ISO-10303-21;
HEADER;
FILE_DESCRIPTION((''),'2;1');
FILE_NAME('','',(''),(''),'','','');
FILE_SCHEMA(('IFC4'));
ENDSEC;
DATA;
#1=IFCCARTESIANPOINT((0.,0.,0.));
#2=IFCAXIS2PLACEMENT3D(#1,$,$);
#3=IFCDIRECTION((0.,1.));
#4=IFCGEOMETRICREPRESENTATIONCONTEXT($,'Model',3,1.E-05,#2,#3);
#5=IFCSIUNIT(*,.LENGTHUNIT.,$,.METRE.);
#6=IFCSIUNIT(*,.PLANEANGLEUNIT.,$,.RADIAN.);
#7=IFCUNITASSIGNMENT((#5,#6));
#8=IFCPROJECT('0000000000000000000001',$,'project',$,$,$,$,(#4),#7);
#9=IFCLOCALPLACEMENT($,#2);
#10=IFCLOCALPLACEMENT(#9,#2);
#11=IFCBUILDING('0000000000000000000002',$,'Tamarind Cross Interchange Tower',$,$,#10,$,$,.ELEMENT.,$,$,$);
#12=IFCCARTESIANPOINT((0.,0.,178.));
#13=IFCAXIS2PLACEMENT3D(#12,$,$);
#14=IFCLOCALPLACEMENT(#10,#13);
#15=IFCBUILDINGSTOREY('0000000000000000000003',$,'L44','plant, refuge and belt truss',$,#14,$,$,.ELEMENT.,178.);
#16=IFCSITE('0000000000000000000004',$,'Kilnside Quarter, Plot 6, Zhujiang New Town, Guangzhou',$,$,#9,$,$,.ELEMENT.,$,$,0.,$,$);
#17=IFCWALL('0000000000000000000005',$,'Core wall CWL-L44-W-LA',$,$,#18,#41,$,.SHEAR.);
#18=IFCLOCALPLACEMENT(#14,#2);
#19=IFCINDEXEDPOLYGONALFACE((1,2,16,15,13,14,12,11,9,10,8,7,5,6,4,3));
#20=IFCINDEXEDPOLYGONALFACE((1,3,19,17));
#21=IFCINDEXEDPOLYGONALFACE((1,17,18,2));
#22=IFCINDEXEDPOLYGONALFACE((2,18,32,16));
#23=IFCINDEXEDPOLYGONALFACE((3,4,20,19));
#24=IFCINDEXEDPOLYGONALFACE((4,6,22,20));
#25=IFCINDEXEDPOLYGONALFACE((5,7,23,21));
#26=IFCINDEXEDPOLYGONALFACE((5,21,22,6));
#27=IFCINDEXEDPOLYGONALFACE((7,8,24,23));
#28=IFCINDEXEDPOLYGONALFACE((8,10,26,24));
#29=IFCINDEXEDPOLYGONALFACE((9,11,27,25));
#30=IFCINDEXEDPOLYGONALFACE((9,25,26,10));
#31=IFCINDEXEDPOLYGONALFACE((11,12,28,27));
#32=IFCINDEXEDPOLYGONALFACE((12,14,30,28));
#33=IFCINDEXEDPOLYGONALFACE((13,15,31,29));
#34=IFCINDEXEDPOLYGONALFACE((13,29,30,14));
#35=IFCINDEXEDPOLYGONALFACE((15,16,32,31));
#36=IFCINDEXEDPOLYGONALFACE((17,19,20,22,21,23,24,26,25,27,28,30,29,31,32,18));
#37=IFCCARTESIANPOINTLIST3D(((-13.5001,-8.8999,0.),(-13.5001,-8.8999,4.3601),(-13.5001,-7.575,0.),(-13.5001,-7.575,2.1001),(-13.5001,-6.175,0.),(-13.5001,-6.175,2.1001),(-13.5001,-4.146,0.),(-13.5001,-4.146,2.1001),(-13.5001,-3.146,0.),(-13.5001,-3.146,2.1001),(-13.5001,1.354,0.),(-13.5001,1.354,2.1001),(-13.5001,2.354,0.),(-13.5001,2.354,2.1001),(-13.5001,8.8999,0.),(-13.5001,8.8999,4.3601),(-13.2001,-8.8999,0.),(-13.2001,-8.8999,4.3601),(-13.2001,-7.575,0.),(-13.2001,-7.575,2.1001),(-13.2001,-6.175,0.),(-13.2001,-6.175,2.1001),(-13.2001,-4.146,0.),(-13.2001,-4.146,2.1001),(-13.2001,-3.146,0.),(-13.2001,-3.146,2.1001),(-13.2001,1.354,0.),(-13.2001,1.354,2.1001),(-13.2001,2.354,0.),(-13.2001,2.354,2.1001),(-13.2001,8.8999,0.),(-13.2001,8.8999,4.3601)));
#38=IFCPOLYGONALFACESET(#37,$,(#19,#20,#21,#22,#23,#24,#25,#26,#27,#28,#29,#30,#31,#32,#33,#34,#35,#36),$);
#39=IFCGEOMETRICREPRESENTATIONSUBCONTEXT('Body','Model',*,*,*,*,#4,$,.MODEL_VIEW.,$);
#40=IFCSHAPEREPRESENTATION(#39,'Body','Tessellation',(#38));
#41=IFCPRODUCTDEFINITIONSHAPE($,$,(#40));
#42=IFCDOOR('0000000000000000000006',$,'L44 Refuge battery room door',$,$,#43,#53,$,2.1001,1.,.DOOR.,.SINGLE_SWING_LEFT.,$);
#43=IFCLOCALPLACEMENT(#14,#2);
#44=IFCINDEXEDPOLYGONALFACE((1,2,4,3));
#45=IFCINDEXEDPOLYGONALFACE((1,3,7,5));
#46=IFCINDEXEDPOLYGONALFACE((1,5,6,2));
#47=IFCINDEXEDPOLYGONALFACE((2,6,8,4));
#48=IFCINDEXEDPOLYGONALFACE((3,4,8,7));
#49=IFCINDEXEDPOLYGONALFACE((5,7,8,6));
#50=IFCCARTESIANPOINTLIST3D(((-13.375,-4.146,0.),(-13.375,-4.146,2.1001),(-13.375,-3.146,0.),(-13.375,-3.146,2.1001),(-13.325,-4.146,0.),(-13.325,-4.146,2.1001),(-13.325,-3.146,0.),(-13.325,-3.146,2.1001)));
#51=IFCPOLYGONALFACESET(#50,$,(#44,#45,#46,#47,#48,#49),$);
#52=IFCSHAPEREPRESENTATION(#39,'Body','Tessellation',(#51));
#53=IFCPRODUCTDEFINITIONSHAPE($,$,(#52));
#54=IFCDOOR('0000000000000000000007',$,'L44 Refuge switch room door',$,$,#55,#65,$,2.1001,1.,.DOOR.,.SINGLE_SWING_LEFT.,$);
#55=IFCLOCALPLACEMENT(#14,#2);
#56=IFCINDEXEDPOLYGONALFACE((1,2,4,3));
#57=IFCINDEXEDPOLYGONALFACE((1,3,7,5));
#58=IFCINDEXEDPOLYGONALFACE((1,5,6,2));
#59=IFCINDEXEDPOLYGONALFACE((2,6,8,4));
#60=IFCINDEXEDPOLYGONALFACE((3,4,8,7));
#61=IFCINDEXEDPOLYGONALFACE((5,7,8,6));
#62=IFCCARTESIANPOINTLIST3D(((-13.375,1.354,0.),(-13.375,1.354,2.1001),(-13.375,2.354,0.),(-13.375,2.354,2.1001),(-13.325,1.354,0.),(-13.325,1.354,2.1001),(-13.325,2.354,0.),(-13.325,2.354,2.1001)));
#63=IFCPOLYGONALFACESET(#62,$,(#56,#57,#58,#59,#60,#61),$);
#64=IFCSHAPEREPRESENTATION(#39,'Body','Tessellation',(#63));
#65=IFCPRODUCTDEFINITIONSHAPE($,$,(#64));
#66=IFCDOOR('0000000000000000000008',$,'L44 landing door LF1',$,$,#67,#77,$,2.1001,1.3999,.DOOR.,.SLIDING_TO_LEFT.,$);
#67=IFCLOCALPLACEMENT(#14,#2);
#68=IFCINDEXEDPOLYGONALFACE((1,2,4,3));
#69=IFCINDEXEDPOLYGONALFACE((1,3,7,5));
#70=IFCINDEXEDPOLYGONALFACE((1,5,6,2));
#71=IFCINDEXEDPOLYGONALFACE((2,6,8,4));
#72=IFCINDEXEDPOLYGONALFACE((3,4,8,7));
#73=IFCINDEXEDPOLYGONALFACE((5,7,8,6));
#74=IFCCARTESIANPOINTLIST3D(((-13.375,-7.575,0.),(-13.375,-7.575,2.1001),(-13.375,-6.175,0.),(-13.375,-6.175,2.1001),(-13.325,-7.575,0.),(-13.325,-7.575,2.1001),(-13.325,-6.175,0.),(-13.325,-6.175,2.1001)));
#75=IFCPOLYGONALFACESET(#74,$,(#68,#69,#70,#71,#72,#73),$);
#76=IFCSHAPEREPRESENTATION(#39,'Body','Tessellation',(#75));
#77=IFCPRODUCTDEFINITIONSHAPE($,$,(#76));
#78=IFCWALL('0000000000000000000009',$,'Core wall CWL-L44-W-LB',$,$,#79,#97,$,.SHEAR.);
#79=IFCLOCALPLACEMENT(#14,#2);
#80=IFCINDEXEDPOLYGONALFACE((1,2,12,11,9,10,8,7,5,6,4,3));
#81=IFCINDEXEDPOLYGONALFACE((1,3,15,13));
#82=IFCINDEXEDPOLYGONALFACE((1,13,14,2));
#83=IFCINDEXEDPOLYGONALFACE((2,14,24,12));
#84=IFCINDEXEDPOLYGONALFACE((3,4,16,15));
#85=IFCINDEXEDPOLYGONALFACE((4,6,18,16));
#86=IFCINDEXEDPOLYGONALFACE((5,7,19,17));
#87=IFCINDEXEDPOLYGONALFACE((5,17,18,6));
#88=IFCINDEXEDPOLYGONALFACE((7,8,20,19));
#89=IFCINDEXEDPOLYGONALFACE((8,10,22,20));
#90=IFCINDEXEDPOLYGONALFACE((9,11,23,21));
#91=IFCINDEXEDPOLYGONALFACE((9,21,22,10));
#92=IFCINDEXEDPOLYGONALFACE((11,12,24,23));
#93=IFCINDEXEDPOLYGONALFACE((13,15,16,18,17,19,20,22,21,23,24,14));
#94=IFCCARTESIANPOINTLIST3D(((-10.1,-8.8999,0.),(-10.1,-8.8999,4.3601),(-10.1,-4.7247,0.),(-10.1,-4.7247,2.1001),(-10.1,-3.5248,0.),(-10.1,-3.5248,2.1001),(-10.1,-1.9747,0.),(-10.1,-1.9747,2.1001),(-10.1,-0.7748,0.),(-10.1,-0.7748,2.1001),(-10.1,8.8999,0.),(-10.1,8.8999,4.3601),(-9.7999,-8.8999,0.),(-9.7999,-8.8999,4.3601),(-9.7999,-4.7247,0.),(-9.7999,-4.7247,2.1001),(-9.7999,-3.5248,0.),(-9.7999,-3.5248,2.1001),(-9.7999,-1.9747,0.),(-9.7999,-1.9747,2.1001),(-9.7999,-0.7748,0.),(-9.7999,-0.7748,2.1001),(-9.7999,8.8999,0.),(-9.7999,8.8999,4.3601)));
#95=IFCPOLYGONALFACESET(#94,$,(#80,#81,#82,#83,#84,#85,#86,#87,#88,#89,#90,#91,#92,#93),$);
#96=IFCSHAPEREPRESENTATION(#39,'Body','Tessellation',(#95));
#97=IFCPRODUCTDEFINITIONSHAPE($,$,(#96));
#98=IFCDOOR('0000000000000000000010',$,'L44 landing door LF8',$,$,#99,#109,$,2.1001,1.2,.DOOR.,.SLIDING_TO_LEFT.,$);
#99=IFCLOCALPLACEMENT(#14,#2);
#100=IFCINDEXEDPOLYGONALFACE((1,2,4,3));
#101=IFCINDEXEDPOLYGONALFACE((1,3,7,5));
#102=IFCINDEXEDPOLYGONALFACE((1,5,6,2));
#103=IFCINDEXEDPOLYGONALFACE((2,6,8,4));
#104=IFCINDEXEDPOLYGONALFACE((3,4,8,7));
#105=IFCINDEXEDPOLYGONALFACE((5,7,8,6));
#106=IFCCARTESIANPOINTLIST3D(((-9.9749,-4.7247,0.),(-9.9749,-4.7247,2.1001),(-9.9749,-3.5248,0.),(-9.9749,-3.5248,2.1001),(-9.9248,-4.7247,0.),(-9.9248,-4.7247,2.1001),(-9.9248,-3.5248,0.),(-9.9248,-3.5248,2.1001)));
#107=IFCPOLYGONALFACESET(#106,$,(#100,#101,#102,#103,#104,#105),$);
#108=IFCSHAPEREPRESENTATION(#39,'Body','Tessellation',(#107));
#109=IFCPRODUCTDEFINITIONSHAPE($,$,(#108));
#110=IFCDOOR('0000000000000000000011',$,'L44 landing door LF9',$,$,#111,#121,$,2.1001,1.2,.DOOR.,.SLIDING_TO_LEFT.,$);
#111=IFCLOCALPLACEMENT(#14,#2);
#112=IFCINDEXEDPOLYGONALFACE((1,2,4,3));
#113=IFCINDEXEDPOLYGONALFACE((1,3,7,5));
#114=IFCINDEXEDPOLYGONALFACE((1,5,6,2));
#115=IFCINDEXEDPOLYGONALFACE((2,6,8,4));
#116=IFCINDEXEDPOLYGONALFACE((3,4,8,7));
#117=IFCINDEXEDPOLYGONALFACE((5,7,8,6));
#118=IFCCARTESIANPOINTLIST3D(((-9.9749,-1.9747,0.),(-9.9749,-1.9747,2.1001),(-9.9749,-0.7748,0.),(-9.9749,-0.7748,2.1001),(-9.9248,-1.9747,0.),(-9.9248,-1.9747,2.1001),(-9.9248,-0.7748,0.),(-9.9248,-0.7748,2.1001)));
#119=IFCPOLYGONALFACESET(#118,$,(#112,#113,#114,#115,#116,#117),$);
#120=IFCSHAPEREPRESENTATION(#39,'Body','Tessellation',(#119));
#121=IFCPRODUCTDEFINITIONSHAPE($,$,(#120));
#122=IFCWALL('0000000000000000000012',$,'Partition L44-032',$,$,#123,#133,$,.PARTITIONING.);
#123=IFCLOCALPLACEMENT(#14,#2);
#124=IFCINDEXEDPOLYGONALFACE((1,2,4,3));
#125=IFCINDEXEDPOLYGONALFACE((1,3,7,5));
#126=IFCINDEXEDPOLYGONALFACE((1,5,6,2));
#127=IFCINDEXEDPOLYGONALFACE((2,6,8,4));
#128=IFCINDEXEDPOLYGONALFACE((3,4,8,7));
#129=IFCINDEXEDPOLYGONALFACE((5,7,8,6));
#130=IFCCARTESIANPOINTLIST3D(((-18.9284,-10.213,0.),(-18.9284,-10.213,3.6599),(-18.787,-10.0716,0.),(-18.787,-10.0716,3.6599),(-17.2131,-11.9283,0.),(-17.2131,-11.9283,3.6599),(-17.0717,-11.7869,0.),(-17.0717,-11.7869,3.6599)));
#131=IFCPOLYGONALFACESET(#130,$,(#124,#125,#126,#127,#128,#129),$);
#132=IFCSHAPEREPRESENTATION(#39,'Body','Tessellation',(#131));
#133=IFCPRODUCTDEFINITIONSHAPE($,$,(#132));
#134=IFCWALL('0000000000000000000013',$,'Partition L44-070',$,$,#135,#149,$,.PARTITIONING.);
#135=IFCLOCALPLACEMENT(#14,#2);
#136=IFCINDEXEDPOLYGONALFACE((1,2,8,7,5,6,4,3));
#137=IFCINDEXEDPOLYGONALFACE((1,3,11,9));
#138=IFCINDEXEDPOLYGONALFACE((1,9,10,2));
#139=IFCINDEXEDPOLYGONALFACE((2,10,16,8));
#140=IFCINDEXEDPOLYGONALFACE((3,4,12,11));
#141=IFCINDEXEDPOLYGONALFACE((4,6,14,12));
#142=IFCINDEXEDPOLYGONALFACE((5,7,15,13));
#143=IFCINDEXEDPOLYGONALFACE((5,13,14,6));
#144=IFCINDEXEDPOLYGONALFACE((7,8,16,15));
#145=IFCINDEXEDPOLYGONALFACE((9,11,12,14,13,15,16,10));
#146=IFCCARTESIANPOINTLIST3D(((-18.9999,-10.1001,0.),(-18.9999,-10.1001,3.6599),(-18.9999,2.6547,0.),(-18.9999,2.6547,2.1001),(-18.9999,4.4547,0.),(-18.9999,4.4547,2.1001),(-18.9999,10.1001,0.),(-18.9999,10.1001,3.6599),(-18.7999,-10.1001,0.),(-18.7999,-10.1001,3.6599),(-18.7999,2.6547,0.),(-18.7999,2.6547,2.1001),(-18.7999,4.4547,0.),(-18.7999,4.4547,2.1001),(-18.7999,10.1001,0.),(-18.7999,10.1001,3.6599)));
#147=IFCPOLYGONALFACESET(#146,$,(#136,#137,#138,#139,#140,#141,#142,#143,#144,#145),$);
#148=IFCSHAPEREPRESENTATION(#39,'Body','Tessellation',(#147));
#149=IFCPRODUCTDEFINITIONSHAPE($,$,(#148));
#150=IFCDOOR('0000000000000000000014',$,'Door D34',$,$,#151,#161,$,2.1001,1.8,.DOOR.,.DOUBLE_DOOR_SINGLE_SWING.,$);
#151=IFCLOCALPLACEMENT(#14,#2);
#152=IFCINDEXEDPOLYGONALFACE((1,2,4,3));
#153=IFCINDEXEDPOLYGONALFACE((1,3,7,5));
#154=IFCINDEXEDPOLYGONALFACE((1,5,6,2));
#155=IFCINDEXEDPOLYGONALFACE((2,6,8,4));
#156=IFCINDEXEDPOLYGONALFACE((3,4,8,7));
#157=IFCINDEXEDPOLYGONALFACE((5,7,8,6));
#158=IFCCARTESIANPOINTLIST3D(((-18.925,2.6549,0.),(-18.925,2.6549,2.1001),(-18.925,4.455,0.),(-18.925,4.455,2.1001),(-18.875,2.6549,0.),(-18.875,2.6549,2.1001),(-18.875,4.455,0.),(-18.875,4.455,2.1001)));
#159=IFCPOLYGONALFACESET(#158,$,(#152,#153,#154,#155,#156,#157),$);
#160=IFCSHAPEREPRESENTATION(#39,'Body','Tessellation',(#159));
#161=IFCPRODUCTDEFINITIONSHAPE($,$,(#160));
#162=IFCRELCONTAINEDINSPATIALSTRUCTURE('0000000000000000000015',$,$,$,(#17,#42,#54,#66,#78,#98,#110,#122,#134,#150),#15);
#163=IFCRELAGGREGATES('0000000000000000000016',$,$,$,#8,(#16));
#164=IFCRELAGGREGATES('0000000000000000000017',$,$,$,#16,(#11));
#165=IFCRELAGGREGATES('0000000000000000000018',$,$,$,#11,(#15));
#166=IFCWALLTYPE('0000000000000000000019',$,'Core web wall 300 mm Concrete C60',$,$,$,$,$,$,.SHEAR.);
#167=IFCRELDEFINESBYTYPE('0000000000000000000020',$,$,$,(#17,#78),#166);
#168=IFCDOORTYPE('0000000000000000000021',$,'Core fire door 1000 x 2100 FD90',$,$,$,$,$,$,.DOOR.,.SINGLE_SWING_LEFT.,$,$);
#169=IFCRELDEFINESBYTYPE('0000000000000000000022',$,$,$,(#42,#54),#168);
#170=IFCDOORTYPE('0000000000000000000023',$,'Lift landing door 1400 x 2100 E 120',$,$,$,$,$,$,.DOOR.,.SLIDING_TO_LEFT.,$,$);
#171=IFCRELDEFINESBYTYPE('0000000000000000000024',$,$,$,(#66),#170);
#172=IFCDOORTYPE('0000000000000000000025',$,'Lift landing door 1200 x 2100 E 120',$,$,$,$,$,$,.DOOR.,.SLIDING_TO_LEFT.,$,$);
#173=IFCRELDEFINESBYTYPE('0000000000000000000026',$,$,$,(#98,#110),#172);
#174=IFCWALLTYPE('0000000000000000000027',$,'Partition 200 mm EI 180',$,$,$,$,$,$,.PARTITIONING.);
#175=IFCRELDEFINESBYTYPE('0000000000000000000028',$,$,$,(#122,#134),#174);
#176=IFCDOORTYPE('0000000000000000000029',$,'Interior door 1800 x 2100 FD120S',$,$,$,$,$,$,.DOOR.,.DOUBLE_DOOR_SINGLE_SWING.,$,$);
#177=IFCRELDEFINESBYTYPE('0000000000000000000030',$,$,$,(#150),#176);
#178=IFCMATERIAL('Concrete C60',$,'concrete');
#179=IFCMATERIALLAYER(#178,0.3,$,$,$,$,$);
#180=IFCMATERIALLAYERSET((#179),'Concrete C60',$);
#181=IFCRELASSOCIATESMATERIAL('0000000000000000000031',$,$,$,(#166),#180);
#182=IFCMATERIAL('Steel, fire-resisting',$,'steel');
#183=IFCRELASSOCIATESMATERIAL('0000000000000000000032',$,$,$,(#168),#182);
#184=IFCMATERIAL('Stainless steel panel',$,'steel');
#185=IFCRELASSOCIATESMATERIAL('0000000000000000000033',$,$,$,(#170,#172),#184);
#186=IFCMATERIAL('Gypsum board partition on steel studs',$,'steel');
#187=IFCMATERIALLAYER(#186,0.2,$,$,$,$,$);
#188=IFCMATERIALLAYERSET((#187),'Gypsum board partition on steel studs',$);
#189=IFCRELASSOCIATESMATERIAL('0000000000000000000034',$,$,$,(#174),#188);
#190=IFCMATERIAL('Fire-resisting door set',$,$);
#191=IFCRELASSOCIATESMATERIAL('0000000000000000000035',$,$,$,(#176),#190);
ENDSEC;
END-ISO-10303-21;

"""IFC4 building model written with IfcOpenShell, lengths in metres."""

from ifc_helpers import new_model, si_unit, direction, frame, frame_2d, origin, place, context, subcontext, project, spatial, rectangle, extrude, material, layer, layer_set, type_object, element, fill, save


model = new_model("IFC4")

# Units and contexts
model_context = context("Model", 3, precision=1e-05, world=origin(), true_north=direction((0.0, 1.0)))
body_context = subcontext(model_context, "Body", "Model", "MODEL_VIEW")
ifc_project = project(units=[si_unit("LENGTHUNIT", "METRE"), si_unit("PLANEANGLEUNIT", "RADIAN")], contexts=[model_context])

# Site, building, storey
site_placement = place(None, origin())
site = spatial("IfcSite", under=ifc_project, at=site_placement, Name="Kilnside Quarter, Plot 6, Zhujiang New Town, Guangzhou", CompositionType="ELEMENT", RefElevation=0.0)
building_placement = place(site_placement, origin())
building = spatial("IfcBuilding", under=site, at=building_placement, Name="Tamarind Cross Interchange Tower", CompositionType="ELEMENT")
storey_placement = place(building_placement, frame((0.0, 0.0, 178.0)))
storey = spatial("IfcBuildingStorey", under=building, at=storey_placement, Name="L44", Description="plant, refuge and belt truss", CompositionType="ELEMENT", Elevation=178.0)

# Walls, openings, doors
ifc_material_1 = material(Name="Concrete C60", Category="concrete")
ifc_material_2 = material(Name="Steel, fire-resisting", Category="steel")
ifc_layer_1 = layer(ifc_material_1, 0.3)
ifc_layer_set_1 = layer_set([ifc_layer_1], Name="Concrete C60")
wall_type_1 = type_object("IfcWallType", Name="Core web wall 300 mm Concrete C60", PredefinedType="SHEAR", material=ifc_layer_set_1)
wall_1_placement = place(storey_placement, frame((-13.3501, -8.8999, 0.0), z_axis=(0.0, 0.0, 1.0), x_axis=(0.0, 1.0, 0.0)))
wall_1 = element("IfcWall", 1, at=wall_1_placement, inside=storey, type_object=wall_type_1, Name="Core wall CWL-L44-W-LA", PredefinedType="SHEAR", context=body_context, shape_type="SweptSolid", body=[
    extrude(rectangle(XDim=17.7998, YDim=0.3, at=frame_2d((8.8999, 0.0))), origin(), (0.0, 0.0, 1.0), 4.3601),
])
opening_1_placement = place(wall_1_placement, frame((1.325, 0.0, 0.0)))
opening_1 = element("IfcOpeningElement", 2, at=opening_1_placement, cuts=wall_1, PredefinedType="OPENING", context=body_context, shape_type="SweptSolid", body=[
    extrude(rectangle(XDim=1.3999, YDim=2.1001, at=frame_2d((0.7, 1.05))), frame((0.0, 0.1599, 0.0), z_axis=(0.0, -1.0, 0.0), x_axis=(1.0, 0.0, 0.0)), (0.0, 0.0, 1.0), 0.3201),
])
opening_2_placement = place(wall_1_placement, frame((4.7539, 0.0, 0.0)))
opening_2 = element("IfcOpeningElement", 3, at=opening_2_placement, cuts=wall_1, PredefinedType="OPENING", context=body_context, shape_type="SweptSolid", body=[
    extrude(rectangle(XDim=1.0, YDim=2.1001, at=frame_2d((0.5, 1.05))), frame((0.0, 0.1599, 0.0), z_axis=(0.0, -1.0, 0.0), x_axis=(1.0, 0.0, 0.0)), (0.0, 0.0, 1.0), 0.3201),
])
opening_3_placement = place(wall_1_placement, frame((10.2539, 0.0, 0.0)))
opening_3 = element("IfcOpeningElement", 4, at=opening_3_placement, cuts=wall_1, PredefinedType="OPENING", context=body_context, shape_type="SweptSolid", body=[
    extrude(rectangle(XDim=1.0, YDim=2.1001, at=frame_2d((0.5, 1.05))), frame((0.0, 0.1599, 0.0), z_axis=(0.0, -1.0, 0.0), x_axis=(1.0, 0.0, 0.0)), (0.0, 0.0, 1.0), 0.3201),
])
door_type_1 = type_object("IfcDoorType", Name="Core fire door 1000 x 2100 FD90", OperationType="SINGLE_SWING_LEFT", PredefinedType="DOOR", material=ifc_material_2)
door_1_placement = place(opening_2_placement, origin())
door_1 = element("IfcDoor", 5, at=door_1_placement, inside=storey, type_object=door_type_1, Name="L44 Refuge battery room door", OperationType="SINGLE_SWING_LEFT", OverallHeight=2.1001, OverallWidth=1.0, PredefinedType="DOOR", context=body_context, shape_type="SweptSolid", body=[
    extrude(rectangle(XDim=1.0, YDim=2.1001, at=frame_2d((0.5, 1.05))), frame((0.0, 0.0249, 0.0), z_axis=(0.0, -1.0, 0.0), x_axis=(1.0, 0.0, 0.0)), (0.0, 0.0, 1.0), 0.05),
])
fill(opening_2, door_1)
door_2_placement = place(opening_3_placement, origin())
door_2 = element("IfcDoor", 6, at=door_2_placement, inside=storey, type_object=door_type_1, Name="L44 Refuge switch room door", OperationType="SINGLE_SWING_LEFT", OverallHeight=2.1001, OverallWidth=1.0, PredefinedType="DOOR", context=body_context, shape_type="SweptSolid", body=[
    extrude(rectangle(XDim=1.0, YDim=2.1001, at=frame_2d((0.5, 1.05))), frame((0.0, 0.0249, 0.0), z_axis=(0.0, -1.0, 0.0), x_axis=(1.0, 0.0, 0.0)), (0.0, 0.0, 1.0), 0.05),
])
fill(opening_3, door_2)
ifc_material_3 = material(Name="Stainless steel panel", Category="steel")
door_type_2 = type_object("IfcDoorType", Name="Lift landing door 1400 x 2100 E 120", OperationType="SLIDING_TO_LEFT", PredefinedType="DOOR", material=ifc_material_3)
door_3_placement = place(opening_1_placement, origin())
door_3 = element("IfcDoor", 7, at=door_3_placement, inside=storey, type_object=door_type_2, Name="L44 landing door LF1", OperationType="SLIDING_TO_LEFT", OverallHeight=2.1001, OverallWidth=1.3999, PredefinedType="DOOR", context=body_context, shape_type="SweptSolid", body=[
    extrude(rectangle(XDim=1.3999, YDim=2.1001, at=frame_2d((0.7, 1.05))), frame((0.0, 0.0249, 0.0), z_axis=(0.0, -1.0, 0.0), x_axis=(1.0, 0.0, 0.0)), (0.0, 0.0, 1.0), 0.05),
])
fill(opening_1, door_3)
wall_2_placement = place(storey_placement, frame((-9.95, -8.8999, 0.0), z_axis=(0.0, 0.0, 1.0), x_axis=(0.0, 1.0, 0.0)))
wall_2 = element("IfcWall", 8, at=wall_2_placement, inside=storey, type_object=wall_type_1, Name="Core wall CWL-L44-W-LB", PredefinedType="SHEAR", context=body_context, shape_type="SweptSolid", body=[
    extrude(rectangle(XDim=17.7998, YDim=0.3, at=frame_2d((8.8999, 0.0))), origin(), (0.0, 0.0, 1.0), 4.3601),
])
opening_4_placement = place(wall_2_placement, frame((4.175, 0.0, 0.0)))
opening_4 = element("IfcOpeningElement", 9, at=opening_4_placement, cuts=wall_2, PredefinedType="OPENING", context=body_context, shape_type="SweptSolid", body=[
    extrude(rectangle(XDim=1.2, YDim=2.1001, at=frame_2d((0.6001, 1.05))), frame((0.0, 0.1599, 0.0), z_axis=(0.0, -1.0, 0.0), x_axis=(1.0, 0.0, 0.0)), (0.0, 0.0, 1.0), 0.3201),
])
opening_5_placement = place(wall_2_placement, frame((6.925, 0.0, 0.0)))
opening_5 = element("IfcOpeningElement", 10, at=opening_5_placement, cuts=wall_2, PredefinedType="OPENING", context=body_context, shape_type="SweptSolid", body=[
    extrude(rectangle(XDim=1.2, YDim=2.1001, at=frame_2d((0.6001, 1.05))), frame((0.0, 0.1599, 0.0), z_axis=(0.0, -1.0, 0.0), x_axis=(1.0, 0.0, 0.0)), (0.0, 0.0, 1.0), 0.3201),
])
door_type_3 = type_object("IfcDoorType", Name="Lift landing door 1200 x 2100 E 120", OperationType="SLIDING_TO_LEFT", PredefinedType="DOOR", material=ifc_material_3)
door_4_placement = place(opening_4_placement, origin())
door_4 = element("IfcDoor", 11, at=door_4_placement, inside=storey, type_object=door_type_3, Name="L44 landing door LF8", OperationType="SLIDING_TO_LEFT", OverallHeight=2.1001, OverallWidth=1.2, PredefinedType="DOOR", context=body_context, shape_type="SweptSolid", body=[
    extrude(rectangle(XDim=1.2, YDim=2.1001, at=frame_2d((0.6001, 1.05))), frame((0.0, 0.0249, 0.0), z_axis=(0.0, -1.0, 0.0), x_axis=(1.0, 0.0, 0.0)), (0.0, 0.0, 1.0), 0.05),
])
fill(opening_4, door_4)
door_5_placement = place(opening_5_placement, origin())
door_5 = element("IfcDoor", 12, at=door_5_placement, inside=storey, type_object=door_type_3, Name="L44 landing door LF9", OperationType="SLIDING_TO_LEFT", OverallHeight=2.1001, OverallWidth=1.2, PredefinedType="DOOR", context=body_context, shape_type="SweptSolid", body=[
    extrude(rectangle(XDim=1.2, YDim=2.1001, at=frame_2d((0.6001, 1.05))), frame((0.0, 0.0249, 0.0), z_axis=(0.0, -1.0, 0.0), x_axis=(1.0, 0.0, 0.0)), (0.0, 0.0, 1.0), 0.05),
])
fill(opening_5, door_5)

# Wall
ifc_material_4 = material(Name="Gypsum board partition on steel studs", Category="steel")
ifc_layer_2 = layer(ifc_material_4, 0.2)
ifc_layer_set_2 = layer_set([ifc_layer_2], Name="Gypsum board partition on steel studs")
wall_type_2 = type_object("IfcWallType", Name="Partition 200 mm EI 180", PredefinedType="PARTITIONING", material=ifc_layer_set_2)
wall_3_placement = place(storey_placement, frame((-18.8577, -10.1423, 0.0), z_axis=(0.0, 0.0, 1.0), x_axis=(0.707107, -0.707107, 0.0)))
element("IfcWall", 13, at=wall_3_placement, inside=storey, type_object=wall_type_2, Name="Partition L44-032", PredefinedType="PARTITIONING", context=body_context, shape_type="SweptSolid", body=[
    extrude(rectangle(XDim=2.4258, YDim=0.2, at=frame_2d((1.2129, 0.0))), origin(), (0.0, 0.0, 1.0), 3.6599),
])

# Wall, opening, door
wall_4_placement = place(storey_placement, frame((-18.8999, -10.1001, 0.0), z_axis=(0.0, 0.0, 1.0), x_axis=(0.0, 1.0, 0.0)))
wall_4 = element("IfcWall", 14, at=wall_4_placement, inside=storey, type_object=wall_type_2, Name="Partition L44-070", PredefinedType="PARTITIONING", context=body_context, shape_type="SweptSolid", body=[
    extrude(rectangle(XDim=20.2002, YDim=0.2, at=frame_2d((10.1001, 0.0))), origin(), (0.0, 0.0, 1.0), 3.6599),
])
opening_6_placement = place(wall_4_placement, frame((12.7549, 0.0, 0.0)))
opening_6 = element("IfcOpeningElement", 15, at=opening_6_placement, cuts=wall_4, PredefinedType="OPENING", context=body_context, shape_type="SweptSolid", body=[
    extrude(rectangle(XDim=1.8, YDim=2.1001, at=frame_2d((0.8999, 1.05))), frame((0.0, 0.1099, 0.0), z_axis=(0.0, -1.0, 0.0), x_axis=(1.0, 0.0, 0.0)), (0.0, 0.0, 1.0), 0.22),
])
ifc_material_5 = material(Name="Fire-resisting door set")
door_type_4 = type_object("IfcDoorType", Name="Interior door 1800 x 2100 FD120S", OperationType="DOUBLE_DOOR_SINGLE_SWING", PredefinedType="DOOR", material=ifc_material_5)
door_6_placement = place(opening_6_placement, frame((1.8, 0.0, 0.0), z_axis=(0.0, 0.0, 1.0), x_axis=(-1.0, 0.0, 0.0)))
door_6 = element("IfcDoor", 16, at=door_6_placement, inside=storey, type_object=door_type_4, Name="Door D34", OperationType="DOUBLE_DOOR_SINGLE_SWING", OverallHeight=2.1001, OverallWidth=1.8, PredefinedType="DOOR", context=body_context, shape_type="SweptSolid", body=[
    extrude(rectangle(XDim=1.8, YDim=2.1001, at=frame_2d((0.8999, 1.05))), frame((0.0, 0.0249, 0.0), z_axis=(0.0, -1.0, 0.0), x_axis=(1.0, 0.0, 0.0)), (0.0, 0.0, 1.0), 0.05),
])
fill(opening_6, door_6)

save(model, "model.ifc")
